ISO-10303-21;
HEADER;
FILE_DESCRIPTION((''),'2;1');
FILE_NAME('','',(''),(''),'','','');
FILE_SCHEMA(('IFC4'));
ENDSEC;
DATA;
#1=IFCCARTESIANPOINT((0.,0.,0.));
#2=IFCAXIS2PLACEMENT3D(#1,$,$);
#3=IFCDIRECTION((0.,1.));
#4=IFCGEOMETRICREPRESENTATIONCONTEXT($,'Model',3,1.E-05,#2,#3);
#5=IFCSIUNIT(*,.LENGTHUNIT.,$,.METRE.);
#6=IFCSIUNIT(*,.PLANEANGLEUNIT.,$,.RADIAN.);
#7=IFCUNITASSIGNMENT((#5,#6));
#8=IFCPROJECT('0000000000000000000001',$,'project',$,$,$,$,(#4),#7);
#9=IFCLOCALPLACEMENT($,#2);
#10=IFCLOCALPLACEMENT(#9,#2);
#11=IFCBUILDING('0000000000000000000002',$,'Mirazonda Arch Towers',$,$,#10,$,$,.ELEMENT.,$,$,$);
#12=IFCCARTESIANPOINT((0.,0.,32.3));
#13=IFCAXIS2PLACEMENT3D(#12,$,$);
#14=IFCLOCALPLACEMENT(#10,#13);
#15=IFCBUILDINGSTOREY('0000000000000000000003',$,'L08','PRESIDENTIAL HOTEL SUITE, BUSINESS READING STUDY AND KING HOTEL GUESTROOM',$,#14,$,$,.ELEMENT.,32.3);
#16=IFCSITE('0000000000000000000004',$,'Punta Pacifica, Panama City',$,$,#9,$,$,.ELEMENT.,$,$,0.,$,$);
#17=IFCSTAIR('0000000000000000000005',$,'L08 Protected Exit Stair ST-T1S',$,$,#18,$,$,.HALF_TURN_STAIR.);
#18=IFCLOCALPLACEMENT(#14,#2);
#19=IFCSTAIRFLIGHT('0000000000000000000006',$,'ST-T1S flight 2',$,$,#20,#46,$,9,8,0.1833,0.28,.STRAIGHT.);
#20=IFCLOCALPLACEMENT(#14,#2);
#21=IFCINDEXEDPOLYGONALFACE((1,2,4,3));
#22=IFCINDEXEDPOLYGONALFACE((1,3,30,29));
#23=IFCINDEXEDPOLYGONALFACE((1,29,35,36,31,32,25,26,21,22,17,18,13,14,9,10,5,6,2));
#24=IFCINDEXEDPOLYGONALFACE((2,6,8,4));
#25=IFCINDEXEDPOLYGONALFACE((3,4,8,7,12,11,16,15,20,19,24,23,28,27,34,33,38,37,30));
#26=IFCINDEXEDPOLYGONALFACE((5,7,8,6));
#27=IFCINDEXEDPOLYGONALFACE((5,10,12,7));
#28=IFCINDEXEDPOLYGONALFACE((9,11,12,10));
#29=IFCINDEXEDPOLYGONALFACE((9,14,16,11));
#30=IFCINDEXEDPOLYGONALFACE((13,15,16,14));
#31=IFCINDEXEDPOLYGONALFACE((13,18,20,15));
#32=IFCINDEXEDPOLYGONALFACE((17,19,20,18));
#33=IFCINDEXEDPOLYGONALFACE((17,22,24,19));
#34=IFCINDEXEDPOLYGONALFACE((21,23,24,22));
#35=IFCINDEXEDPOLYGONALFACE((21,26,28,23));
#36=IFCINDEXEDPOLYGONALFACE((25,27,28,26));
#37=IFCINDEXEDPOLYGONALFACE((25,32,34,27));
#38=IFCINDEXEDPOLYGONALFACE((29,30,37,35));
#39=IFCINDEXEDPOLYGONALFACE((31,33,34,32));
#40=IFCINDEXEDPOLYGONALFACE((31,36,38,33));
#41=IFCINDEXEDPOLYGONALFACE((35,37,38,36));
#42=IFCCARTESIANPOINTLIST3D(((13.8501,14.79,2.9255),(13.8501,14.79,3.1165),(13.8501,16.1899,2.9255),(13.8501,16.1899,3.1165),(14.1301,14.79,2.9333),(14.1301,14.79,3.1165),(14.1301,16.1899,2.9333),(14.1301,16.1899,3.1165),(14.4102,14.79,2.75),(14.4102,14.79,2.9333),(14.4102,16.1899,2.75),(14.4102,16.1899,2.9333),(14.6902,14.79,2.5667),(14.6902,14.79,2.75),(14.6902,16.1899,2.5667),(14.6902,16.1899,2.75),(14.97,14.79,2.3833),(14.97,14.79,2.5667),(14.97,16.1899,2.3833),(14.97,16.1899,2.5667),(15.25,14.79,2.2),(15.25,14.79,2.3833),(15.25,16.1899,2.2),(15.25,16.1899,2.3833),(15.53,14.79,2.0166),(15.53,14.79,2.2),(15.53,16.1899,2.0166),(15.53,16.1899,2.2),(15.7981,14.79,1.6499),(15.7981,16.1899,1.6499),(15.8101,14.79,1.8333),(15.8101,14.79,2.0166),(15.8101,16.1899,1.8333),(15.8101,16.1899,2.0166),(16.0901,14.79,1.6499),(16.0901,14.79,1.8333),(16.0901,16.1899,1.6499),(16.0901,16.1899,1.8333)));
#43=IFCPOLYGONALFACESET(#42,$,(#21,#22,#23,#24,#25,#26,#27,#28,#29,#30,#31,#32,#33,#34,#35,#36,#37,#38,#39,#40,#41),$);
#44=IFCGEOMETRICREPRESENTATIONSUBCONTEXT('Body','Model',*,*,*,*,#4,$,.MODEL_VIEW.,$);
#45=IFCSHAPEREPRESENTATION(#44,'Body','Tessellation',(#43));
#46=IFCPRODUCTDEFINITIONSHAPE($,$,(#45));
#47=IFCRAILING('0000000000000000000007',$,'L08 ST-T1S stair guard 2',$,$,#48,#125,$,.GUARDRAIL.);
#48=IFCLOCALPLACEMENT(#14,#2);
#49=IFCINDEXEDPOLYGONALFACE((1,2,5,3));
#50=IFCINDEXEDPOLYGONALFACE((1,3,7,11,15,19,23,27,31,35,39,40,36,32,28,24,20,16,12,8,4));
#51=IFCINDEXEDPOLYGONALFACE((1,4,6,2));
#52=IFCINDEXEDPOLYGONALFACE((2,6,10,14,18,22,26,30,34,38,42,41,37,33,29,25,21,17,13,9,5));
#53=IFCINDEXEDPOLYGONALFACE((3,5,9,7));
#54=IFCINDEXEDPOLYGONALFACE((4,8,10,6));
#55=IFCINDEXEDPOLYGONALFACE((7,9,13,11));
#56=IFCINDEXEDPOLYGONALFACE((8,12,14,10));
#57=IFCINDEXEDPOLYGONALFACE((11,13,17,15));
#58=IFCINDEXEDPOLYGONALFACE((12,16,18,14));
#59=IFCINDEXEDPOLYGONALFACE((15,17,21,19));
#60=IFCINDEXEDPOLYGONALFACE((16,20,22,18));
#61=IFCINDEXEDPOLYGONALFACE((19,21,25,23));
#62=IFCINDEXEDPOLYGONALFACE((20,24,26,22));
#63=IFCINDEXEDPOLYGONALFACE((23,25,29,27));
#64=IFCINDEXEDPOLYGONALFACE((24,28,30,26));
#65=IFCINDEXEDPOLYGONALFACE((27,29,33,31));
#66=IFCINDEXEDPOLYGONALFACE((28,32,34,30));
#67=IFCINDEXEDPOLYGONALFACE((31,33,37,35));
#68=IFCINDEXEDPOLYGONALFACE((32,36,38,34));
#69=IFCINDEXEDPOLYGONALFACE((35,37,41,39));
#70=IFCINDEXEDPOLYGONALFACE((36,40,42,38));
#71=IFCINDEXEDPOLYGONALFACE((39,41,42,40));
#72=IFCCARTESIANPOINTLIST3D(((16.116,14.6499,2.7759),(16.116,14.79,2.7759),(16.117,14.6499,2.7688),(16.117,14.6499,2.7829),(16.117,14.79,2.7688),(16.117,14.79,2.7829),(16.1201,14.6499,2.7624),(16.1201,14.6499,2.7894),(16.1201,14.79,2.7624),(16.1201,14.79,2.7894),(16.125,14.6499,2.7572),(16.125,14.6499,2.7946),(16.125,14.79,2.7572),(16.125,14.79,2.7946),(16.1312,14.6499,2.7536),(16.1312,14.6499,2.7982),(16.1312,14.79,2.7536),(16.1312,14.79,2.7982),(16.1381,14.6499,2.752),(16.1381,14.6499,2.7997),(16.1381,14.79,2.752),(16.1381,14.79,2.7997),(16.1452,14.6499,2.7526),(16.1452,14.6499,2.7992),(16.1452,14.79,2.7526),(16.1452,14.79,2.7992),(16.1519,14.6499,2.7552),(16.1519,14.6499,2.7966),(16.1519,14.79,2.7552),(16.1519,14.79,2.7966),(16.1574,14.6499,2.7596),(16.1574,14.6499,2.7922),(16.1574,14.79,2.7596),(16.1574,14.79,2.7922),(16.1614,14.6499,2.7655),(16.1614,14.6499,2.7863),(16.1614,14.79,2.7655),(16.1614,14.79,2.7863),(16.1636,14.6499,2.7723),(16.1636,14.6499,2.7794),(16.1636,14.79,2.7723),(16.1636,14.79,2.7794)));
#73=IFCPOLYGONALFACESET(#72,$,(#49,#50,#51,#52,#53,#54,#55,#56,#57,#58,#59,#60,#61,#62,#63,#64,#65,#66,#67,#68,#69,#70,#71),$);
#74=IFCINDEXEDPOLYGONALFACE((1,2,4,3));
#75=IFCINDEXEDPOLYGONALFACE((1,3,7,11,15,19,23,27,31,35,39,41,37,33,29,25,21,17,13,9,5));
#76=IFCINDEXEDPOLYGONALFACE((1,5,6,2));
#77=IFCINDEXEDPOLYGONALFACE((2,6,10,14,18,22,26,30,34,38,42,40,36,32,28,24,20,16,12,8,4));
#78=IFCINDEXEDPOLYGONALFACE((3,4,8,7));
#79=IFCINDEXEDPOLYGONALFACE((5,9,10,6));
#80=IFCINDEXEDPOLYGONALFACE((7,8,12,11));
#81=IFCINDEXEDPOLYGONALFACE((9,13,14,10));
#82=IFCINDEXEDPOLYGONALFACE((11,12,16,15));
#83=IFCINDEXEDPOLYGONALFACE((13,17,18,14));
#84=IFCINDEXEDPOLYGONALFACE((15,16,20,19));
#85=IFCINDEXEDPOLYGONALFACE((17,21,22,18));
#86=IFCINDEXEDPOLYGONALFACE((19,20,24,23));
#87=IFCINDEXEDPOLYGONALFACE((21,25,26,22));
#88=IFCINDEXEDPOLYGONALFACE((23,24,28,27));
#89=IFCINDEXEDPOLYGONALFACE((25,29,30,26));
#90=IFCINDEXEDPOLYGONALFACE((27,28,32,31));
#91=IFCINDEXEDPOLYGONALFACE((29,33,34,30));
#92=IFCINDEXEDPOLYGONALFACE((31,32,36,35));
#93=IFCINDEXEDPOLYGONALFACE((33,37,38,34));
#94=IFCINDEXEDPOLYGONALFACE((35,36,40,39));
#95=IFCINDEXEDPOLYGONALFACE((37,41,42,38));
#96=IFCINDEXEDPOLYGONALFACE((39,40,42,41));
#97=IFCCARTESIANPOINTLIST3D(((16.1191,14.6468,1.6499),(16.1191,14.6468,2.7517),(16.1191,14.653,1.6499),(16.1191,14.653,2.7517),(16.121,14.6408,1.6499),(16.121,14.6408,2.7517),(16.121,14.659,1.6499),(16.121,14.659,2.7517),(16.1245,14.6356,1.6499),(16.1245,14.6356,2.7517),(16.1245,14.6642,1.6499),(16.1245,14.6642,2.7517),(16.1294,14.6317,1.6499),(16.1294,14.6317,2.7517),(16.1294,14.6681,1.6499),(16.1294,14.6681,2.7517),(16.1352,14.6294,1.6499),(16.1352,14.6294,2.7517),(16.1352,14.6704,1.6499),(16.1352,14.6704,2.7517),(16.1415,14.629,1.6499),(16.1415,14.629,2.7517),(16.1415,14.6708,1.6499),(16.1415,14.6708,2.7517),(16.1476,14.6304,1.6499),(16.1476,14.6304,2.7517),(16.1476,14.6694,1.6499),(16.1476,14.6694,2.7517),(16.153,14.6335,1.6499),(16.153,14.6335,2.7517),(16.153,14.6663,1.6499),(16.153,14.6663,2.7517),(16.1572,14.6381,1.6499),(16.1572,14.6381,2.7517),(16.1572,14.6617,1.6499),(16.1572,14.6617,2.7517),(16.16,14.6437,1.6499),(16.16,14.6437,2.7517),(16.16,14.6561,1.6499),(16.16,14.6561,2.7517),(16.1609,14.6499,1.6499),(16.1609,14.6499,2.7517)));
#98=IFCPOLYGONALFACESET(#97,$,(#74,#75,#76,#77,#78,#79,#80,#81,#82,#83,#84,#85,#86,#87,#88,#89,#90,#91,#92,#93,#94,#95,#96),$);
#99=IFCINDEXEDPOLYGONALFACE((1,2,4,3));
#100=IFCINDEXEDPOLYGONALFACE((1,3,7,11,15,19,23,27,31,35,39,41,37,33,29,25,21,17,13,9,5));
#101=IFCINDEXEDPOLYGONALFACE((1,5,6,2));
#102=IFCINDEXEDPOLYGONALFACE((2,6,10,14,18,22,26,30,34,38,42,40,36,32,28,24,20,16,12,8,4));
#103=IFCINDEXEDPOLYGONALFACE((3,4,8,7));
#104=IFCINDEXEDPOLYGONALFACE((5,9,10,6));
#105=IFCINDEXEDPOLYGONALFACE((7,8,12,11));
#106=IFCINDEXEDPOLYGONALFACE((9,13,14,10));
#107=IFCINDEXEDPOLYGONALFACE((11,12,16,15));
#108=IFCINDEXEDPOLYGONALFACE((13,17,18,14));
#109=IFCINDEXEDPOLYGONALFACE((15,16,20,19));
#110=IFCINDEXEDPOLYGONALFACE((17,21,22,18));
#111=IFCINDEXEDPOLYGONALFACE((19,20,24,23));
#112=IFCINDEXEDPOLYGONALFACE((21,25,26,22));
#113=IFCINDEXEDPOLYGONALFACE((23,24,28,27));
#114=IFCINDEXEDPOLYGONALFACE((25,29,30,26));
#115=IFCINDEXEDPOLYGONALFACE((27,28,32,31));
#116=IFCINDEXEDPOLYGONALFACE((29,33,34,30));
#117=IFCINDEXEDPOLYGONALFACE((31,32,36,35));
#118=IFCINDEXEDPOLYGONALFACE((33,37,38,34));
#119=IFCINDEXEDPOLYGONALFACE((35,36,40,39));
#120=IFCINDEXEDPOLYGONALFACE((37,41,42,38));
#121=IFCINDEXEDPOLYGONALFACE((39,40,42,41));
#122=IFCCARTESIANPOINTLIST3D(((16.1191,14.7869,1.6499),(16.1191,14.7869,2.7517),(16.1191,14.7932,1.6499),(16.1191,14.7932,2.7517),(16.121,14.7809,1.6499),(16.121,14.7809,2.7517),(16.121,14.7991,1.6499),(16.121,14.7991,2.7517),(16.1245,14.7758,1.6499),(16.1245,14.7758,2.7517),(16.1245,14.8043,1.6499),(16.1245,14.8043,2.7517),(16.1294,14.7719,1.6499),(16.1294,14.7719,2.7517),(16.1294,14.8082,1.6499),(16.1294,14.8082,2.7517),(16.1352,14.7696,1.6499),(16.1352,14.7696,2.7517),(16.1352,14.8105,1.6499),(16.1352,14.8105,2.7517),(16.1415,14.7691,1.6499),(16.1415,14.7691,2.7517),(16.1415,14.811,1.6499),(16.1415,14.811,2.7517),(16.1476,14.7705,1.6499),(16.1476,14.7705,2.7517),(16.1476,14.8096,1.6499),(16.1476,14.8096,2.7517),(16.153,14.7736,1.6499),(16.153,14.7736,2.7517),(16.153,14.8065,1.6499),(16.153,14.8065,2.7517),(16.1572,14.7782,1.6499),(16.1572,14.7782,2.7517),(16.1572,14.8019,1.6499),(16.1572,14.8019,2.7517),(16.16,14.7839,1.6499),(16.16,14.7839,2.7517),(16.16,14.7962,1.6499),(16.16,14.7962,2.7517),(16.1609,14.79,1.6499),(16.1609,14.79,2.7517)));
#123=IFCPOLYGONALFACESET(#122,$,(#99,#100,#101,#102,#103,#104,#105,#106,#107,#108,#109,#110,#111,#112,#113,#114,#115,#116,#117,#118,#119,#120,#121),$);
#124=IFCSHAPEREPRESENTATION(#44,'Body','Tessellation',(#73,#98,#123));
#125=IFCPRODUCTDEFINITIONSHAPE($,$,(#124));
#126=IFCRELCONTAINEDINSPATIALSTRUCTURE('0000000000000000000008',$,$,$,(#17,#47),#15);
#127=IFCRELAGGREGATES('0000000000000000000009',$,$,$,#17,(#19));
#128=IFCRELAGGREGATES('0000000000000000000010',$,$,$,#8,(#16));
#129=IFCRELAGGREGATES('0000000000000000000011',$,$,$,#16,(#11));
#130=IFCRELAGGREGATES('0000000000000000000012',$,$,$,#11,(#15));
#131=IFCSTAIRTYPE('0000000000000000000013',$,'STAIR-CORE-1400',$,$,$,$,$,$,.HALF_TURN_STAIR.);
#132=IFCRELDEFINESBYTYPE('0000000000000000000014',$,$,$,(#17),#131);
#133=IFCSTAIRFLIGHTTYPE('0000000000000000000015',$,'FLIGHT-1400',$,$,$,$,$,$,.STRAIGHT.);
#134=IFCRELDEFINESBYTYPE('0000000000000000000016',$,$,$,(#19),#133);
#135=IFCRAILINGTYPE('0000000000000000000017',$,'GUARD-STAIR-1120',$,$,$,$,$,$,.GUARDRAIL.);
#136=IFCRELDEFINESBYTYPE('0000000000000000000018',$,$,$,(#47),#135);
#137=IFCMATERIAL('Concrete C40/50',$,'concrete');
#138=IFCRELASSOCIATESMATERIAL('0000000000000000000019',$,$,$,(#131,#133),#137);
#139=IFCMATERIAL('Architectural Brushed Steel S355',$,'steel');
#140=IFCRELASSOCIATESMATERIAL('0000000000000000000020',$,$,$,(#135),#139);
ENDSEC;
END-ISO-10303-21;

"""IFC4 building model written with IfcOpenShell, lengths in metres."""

from ifc_helpers import new_model, si_unit, direction, frame, origin, origin_2d, place, context, subcontext, project, spatial, polyline, circle, outline, extrude, material, type_object, element, aggregate, save


model = new_model("IFC4")

# Units and contexts
model_context = context("Model", 3, precision=1e-05, world=origin(), true_north=direction((0.0, 1.0)))
body_context = subcontext(model_context, "Body", "Model", "MODEL_VIEW")
ifc_project = project(units=[si_unit("LENGTHUNIT", "METRE"), si_unit("PLANEANGLEUNIT", "RADIAN")], contexts=[model_context])

# Site, building, storey
site_placement = place(None, origin())
site = spatial("IfcSite", under=ifc_project, at=site_placement, Name="Punta Pacifica, Panama City", CompositionType="ELEMENT", RefElevation=0.0)
building_placement = place(site_placement, origin())
building = spatial("IfcBuilding", under=site, at=building_placement, Name="Mirazonda Arch Towers", CompositionType="ELEMENT")
storey_placement = place(building_placement, frame((0.0, 0.0, 32.3)))
storey = spatial("IfcBuildingStorey", under=building, at=storey_placement, Name="L08", Description="PRESIDENTIAL HOTEL SUITE, BUSINESS READING STUDY AND KING HOTEL GUESTROOM", CompositionType="ELEMENT", Elevation=32.3)

# Shared definitions
ifc_material_1 = material(Name="Concrete C40/50", Category="concrete")

# Stair, stair flight
stair_type = type_object("IfcStairType", Name="STAIR-CORE-1400", PredefinedType="HALF_TURN_STAIR", material=ifc_material_1)
stair_placement = place(storey_placement, origin())
stair = element("IfcStair", 1, at=stair_placement, inside=storey, type_object=stair_type, Name="L08 Protected Exit Stair ST-T1S", PredefinedType="HALF_TURN_STAIR")
stair_flight_type = type_object("IfcStairFlightType", Name="FLIGHT-1400", PredefinedType="STRAIGHT", material=ifc_material_1)
stair_flight_placement = place(storey_placement, frame((16.0901, 15.49, 1.6499), z_axis=(0.0, 0.0, 1.0), x_axis=(-1.0, 0.0, 0.0)))
stair_flight = element("IfcStairFlight", 2, at=stair_flight_placement, type_object=stair_flight_type, Name="ST-T1S flight 2", NumberOfRisers=9, NumberOfTreads=8, PredefinedType="STRAIGHT", RiserHeight=0.1833, TreadLength=0.28, context=body_context, shape_type="SweptSolid", body=[
    extrude(outline(polyline([(0.0, 0.0), (0.0, 0.1833), (0.28, 0.1833), (0.28, 0.3667), (0.5601, 0.3667), (0.5601, 0.55), (0.8401, 0.55), (0.8401, 0.7334), (1.1201, 0.7334), (1.1201, 0.9167), (1.3999, 0.9167), (1.3999, 1.1001), (1.6799, 1.1001), (1.6799, 1.2834), (1.96, 1.2834), (1.96, 1.4666), (2.24, 1.4666), (2.24, 1.6499), (2.24, 1.2756), (0.292, 0.0), (0.0, 0.0)])), frame((0.0, 0.7, 0.0), z_axis=(0.0, -1.0, 0.0), x_axis=(1.0, 0.0, 0.0)), (0.0, 0.0, 1.0), 1.3999),
])
aggregate(stair, [stair_flight])

# Railing
ifc_material_2 = material(Name="Architectural Brushed Steel S355", Category="steel")
railing_type_1 = type_object("IfcRailingType", Name="GUARD-STAIR-1120", PredefinedType="GUARDRAIL", material=ifc_material_2)
railing_1_placement = place(storey_placement, frame((16.1399, 14.6499, 1.6499)))
element("IfcRailing", 3, at=railing_1_placement, inside=storey, type_object=railing_type_1, Name="L08 ST-T1S stair guard 2", PredefinedType="GUARDRAIL", context=body_context, shape_type="SweptSolid", body=[
    extrude(circle(Radius=0.0239, at=origin_2d()), frame((0.0, 0.0, 1.126), z_axis=(0.0, 1.0, 0.0), x_axis=(-1.0, 0.0, 0.0)), (0.0, 0.0, 1.0), 0.1401),
    extrude(circle(Radius=0.021, at=origin_2d()), origin(), (0.0, 0.0, 1.0), 1.1018),
    extrude(circle(Radius=0.021, at=origin_2d()), frame((0.0, 0.1401, 0.0)), (0.0, 0.0, 1.0), 1.1018),
])

save(model, "model.ifc")
